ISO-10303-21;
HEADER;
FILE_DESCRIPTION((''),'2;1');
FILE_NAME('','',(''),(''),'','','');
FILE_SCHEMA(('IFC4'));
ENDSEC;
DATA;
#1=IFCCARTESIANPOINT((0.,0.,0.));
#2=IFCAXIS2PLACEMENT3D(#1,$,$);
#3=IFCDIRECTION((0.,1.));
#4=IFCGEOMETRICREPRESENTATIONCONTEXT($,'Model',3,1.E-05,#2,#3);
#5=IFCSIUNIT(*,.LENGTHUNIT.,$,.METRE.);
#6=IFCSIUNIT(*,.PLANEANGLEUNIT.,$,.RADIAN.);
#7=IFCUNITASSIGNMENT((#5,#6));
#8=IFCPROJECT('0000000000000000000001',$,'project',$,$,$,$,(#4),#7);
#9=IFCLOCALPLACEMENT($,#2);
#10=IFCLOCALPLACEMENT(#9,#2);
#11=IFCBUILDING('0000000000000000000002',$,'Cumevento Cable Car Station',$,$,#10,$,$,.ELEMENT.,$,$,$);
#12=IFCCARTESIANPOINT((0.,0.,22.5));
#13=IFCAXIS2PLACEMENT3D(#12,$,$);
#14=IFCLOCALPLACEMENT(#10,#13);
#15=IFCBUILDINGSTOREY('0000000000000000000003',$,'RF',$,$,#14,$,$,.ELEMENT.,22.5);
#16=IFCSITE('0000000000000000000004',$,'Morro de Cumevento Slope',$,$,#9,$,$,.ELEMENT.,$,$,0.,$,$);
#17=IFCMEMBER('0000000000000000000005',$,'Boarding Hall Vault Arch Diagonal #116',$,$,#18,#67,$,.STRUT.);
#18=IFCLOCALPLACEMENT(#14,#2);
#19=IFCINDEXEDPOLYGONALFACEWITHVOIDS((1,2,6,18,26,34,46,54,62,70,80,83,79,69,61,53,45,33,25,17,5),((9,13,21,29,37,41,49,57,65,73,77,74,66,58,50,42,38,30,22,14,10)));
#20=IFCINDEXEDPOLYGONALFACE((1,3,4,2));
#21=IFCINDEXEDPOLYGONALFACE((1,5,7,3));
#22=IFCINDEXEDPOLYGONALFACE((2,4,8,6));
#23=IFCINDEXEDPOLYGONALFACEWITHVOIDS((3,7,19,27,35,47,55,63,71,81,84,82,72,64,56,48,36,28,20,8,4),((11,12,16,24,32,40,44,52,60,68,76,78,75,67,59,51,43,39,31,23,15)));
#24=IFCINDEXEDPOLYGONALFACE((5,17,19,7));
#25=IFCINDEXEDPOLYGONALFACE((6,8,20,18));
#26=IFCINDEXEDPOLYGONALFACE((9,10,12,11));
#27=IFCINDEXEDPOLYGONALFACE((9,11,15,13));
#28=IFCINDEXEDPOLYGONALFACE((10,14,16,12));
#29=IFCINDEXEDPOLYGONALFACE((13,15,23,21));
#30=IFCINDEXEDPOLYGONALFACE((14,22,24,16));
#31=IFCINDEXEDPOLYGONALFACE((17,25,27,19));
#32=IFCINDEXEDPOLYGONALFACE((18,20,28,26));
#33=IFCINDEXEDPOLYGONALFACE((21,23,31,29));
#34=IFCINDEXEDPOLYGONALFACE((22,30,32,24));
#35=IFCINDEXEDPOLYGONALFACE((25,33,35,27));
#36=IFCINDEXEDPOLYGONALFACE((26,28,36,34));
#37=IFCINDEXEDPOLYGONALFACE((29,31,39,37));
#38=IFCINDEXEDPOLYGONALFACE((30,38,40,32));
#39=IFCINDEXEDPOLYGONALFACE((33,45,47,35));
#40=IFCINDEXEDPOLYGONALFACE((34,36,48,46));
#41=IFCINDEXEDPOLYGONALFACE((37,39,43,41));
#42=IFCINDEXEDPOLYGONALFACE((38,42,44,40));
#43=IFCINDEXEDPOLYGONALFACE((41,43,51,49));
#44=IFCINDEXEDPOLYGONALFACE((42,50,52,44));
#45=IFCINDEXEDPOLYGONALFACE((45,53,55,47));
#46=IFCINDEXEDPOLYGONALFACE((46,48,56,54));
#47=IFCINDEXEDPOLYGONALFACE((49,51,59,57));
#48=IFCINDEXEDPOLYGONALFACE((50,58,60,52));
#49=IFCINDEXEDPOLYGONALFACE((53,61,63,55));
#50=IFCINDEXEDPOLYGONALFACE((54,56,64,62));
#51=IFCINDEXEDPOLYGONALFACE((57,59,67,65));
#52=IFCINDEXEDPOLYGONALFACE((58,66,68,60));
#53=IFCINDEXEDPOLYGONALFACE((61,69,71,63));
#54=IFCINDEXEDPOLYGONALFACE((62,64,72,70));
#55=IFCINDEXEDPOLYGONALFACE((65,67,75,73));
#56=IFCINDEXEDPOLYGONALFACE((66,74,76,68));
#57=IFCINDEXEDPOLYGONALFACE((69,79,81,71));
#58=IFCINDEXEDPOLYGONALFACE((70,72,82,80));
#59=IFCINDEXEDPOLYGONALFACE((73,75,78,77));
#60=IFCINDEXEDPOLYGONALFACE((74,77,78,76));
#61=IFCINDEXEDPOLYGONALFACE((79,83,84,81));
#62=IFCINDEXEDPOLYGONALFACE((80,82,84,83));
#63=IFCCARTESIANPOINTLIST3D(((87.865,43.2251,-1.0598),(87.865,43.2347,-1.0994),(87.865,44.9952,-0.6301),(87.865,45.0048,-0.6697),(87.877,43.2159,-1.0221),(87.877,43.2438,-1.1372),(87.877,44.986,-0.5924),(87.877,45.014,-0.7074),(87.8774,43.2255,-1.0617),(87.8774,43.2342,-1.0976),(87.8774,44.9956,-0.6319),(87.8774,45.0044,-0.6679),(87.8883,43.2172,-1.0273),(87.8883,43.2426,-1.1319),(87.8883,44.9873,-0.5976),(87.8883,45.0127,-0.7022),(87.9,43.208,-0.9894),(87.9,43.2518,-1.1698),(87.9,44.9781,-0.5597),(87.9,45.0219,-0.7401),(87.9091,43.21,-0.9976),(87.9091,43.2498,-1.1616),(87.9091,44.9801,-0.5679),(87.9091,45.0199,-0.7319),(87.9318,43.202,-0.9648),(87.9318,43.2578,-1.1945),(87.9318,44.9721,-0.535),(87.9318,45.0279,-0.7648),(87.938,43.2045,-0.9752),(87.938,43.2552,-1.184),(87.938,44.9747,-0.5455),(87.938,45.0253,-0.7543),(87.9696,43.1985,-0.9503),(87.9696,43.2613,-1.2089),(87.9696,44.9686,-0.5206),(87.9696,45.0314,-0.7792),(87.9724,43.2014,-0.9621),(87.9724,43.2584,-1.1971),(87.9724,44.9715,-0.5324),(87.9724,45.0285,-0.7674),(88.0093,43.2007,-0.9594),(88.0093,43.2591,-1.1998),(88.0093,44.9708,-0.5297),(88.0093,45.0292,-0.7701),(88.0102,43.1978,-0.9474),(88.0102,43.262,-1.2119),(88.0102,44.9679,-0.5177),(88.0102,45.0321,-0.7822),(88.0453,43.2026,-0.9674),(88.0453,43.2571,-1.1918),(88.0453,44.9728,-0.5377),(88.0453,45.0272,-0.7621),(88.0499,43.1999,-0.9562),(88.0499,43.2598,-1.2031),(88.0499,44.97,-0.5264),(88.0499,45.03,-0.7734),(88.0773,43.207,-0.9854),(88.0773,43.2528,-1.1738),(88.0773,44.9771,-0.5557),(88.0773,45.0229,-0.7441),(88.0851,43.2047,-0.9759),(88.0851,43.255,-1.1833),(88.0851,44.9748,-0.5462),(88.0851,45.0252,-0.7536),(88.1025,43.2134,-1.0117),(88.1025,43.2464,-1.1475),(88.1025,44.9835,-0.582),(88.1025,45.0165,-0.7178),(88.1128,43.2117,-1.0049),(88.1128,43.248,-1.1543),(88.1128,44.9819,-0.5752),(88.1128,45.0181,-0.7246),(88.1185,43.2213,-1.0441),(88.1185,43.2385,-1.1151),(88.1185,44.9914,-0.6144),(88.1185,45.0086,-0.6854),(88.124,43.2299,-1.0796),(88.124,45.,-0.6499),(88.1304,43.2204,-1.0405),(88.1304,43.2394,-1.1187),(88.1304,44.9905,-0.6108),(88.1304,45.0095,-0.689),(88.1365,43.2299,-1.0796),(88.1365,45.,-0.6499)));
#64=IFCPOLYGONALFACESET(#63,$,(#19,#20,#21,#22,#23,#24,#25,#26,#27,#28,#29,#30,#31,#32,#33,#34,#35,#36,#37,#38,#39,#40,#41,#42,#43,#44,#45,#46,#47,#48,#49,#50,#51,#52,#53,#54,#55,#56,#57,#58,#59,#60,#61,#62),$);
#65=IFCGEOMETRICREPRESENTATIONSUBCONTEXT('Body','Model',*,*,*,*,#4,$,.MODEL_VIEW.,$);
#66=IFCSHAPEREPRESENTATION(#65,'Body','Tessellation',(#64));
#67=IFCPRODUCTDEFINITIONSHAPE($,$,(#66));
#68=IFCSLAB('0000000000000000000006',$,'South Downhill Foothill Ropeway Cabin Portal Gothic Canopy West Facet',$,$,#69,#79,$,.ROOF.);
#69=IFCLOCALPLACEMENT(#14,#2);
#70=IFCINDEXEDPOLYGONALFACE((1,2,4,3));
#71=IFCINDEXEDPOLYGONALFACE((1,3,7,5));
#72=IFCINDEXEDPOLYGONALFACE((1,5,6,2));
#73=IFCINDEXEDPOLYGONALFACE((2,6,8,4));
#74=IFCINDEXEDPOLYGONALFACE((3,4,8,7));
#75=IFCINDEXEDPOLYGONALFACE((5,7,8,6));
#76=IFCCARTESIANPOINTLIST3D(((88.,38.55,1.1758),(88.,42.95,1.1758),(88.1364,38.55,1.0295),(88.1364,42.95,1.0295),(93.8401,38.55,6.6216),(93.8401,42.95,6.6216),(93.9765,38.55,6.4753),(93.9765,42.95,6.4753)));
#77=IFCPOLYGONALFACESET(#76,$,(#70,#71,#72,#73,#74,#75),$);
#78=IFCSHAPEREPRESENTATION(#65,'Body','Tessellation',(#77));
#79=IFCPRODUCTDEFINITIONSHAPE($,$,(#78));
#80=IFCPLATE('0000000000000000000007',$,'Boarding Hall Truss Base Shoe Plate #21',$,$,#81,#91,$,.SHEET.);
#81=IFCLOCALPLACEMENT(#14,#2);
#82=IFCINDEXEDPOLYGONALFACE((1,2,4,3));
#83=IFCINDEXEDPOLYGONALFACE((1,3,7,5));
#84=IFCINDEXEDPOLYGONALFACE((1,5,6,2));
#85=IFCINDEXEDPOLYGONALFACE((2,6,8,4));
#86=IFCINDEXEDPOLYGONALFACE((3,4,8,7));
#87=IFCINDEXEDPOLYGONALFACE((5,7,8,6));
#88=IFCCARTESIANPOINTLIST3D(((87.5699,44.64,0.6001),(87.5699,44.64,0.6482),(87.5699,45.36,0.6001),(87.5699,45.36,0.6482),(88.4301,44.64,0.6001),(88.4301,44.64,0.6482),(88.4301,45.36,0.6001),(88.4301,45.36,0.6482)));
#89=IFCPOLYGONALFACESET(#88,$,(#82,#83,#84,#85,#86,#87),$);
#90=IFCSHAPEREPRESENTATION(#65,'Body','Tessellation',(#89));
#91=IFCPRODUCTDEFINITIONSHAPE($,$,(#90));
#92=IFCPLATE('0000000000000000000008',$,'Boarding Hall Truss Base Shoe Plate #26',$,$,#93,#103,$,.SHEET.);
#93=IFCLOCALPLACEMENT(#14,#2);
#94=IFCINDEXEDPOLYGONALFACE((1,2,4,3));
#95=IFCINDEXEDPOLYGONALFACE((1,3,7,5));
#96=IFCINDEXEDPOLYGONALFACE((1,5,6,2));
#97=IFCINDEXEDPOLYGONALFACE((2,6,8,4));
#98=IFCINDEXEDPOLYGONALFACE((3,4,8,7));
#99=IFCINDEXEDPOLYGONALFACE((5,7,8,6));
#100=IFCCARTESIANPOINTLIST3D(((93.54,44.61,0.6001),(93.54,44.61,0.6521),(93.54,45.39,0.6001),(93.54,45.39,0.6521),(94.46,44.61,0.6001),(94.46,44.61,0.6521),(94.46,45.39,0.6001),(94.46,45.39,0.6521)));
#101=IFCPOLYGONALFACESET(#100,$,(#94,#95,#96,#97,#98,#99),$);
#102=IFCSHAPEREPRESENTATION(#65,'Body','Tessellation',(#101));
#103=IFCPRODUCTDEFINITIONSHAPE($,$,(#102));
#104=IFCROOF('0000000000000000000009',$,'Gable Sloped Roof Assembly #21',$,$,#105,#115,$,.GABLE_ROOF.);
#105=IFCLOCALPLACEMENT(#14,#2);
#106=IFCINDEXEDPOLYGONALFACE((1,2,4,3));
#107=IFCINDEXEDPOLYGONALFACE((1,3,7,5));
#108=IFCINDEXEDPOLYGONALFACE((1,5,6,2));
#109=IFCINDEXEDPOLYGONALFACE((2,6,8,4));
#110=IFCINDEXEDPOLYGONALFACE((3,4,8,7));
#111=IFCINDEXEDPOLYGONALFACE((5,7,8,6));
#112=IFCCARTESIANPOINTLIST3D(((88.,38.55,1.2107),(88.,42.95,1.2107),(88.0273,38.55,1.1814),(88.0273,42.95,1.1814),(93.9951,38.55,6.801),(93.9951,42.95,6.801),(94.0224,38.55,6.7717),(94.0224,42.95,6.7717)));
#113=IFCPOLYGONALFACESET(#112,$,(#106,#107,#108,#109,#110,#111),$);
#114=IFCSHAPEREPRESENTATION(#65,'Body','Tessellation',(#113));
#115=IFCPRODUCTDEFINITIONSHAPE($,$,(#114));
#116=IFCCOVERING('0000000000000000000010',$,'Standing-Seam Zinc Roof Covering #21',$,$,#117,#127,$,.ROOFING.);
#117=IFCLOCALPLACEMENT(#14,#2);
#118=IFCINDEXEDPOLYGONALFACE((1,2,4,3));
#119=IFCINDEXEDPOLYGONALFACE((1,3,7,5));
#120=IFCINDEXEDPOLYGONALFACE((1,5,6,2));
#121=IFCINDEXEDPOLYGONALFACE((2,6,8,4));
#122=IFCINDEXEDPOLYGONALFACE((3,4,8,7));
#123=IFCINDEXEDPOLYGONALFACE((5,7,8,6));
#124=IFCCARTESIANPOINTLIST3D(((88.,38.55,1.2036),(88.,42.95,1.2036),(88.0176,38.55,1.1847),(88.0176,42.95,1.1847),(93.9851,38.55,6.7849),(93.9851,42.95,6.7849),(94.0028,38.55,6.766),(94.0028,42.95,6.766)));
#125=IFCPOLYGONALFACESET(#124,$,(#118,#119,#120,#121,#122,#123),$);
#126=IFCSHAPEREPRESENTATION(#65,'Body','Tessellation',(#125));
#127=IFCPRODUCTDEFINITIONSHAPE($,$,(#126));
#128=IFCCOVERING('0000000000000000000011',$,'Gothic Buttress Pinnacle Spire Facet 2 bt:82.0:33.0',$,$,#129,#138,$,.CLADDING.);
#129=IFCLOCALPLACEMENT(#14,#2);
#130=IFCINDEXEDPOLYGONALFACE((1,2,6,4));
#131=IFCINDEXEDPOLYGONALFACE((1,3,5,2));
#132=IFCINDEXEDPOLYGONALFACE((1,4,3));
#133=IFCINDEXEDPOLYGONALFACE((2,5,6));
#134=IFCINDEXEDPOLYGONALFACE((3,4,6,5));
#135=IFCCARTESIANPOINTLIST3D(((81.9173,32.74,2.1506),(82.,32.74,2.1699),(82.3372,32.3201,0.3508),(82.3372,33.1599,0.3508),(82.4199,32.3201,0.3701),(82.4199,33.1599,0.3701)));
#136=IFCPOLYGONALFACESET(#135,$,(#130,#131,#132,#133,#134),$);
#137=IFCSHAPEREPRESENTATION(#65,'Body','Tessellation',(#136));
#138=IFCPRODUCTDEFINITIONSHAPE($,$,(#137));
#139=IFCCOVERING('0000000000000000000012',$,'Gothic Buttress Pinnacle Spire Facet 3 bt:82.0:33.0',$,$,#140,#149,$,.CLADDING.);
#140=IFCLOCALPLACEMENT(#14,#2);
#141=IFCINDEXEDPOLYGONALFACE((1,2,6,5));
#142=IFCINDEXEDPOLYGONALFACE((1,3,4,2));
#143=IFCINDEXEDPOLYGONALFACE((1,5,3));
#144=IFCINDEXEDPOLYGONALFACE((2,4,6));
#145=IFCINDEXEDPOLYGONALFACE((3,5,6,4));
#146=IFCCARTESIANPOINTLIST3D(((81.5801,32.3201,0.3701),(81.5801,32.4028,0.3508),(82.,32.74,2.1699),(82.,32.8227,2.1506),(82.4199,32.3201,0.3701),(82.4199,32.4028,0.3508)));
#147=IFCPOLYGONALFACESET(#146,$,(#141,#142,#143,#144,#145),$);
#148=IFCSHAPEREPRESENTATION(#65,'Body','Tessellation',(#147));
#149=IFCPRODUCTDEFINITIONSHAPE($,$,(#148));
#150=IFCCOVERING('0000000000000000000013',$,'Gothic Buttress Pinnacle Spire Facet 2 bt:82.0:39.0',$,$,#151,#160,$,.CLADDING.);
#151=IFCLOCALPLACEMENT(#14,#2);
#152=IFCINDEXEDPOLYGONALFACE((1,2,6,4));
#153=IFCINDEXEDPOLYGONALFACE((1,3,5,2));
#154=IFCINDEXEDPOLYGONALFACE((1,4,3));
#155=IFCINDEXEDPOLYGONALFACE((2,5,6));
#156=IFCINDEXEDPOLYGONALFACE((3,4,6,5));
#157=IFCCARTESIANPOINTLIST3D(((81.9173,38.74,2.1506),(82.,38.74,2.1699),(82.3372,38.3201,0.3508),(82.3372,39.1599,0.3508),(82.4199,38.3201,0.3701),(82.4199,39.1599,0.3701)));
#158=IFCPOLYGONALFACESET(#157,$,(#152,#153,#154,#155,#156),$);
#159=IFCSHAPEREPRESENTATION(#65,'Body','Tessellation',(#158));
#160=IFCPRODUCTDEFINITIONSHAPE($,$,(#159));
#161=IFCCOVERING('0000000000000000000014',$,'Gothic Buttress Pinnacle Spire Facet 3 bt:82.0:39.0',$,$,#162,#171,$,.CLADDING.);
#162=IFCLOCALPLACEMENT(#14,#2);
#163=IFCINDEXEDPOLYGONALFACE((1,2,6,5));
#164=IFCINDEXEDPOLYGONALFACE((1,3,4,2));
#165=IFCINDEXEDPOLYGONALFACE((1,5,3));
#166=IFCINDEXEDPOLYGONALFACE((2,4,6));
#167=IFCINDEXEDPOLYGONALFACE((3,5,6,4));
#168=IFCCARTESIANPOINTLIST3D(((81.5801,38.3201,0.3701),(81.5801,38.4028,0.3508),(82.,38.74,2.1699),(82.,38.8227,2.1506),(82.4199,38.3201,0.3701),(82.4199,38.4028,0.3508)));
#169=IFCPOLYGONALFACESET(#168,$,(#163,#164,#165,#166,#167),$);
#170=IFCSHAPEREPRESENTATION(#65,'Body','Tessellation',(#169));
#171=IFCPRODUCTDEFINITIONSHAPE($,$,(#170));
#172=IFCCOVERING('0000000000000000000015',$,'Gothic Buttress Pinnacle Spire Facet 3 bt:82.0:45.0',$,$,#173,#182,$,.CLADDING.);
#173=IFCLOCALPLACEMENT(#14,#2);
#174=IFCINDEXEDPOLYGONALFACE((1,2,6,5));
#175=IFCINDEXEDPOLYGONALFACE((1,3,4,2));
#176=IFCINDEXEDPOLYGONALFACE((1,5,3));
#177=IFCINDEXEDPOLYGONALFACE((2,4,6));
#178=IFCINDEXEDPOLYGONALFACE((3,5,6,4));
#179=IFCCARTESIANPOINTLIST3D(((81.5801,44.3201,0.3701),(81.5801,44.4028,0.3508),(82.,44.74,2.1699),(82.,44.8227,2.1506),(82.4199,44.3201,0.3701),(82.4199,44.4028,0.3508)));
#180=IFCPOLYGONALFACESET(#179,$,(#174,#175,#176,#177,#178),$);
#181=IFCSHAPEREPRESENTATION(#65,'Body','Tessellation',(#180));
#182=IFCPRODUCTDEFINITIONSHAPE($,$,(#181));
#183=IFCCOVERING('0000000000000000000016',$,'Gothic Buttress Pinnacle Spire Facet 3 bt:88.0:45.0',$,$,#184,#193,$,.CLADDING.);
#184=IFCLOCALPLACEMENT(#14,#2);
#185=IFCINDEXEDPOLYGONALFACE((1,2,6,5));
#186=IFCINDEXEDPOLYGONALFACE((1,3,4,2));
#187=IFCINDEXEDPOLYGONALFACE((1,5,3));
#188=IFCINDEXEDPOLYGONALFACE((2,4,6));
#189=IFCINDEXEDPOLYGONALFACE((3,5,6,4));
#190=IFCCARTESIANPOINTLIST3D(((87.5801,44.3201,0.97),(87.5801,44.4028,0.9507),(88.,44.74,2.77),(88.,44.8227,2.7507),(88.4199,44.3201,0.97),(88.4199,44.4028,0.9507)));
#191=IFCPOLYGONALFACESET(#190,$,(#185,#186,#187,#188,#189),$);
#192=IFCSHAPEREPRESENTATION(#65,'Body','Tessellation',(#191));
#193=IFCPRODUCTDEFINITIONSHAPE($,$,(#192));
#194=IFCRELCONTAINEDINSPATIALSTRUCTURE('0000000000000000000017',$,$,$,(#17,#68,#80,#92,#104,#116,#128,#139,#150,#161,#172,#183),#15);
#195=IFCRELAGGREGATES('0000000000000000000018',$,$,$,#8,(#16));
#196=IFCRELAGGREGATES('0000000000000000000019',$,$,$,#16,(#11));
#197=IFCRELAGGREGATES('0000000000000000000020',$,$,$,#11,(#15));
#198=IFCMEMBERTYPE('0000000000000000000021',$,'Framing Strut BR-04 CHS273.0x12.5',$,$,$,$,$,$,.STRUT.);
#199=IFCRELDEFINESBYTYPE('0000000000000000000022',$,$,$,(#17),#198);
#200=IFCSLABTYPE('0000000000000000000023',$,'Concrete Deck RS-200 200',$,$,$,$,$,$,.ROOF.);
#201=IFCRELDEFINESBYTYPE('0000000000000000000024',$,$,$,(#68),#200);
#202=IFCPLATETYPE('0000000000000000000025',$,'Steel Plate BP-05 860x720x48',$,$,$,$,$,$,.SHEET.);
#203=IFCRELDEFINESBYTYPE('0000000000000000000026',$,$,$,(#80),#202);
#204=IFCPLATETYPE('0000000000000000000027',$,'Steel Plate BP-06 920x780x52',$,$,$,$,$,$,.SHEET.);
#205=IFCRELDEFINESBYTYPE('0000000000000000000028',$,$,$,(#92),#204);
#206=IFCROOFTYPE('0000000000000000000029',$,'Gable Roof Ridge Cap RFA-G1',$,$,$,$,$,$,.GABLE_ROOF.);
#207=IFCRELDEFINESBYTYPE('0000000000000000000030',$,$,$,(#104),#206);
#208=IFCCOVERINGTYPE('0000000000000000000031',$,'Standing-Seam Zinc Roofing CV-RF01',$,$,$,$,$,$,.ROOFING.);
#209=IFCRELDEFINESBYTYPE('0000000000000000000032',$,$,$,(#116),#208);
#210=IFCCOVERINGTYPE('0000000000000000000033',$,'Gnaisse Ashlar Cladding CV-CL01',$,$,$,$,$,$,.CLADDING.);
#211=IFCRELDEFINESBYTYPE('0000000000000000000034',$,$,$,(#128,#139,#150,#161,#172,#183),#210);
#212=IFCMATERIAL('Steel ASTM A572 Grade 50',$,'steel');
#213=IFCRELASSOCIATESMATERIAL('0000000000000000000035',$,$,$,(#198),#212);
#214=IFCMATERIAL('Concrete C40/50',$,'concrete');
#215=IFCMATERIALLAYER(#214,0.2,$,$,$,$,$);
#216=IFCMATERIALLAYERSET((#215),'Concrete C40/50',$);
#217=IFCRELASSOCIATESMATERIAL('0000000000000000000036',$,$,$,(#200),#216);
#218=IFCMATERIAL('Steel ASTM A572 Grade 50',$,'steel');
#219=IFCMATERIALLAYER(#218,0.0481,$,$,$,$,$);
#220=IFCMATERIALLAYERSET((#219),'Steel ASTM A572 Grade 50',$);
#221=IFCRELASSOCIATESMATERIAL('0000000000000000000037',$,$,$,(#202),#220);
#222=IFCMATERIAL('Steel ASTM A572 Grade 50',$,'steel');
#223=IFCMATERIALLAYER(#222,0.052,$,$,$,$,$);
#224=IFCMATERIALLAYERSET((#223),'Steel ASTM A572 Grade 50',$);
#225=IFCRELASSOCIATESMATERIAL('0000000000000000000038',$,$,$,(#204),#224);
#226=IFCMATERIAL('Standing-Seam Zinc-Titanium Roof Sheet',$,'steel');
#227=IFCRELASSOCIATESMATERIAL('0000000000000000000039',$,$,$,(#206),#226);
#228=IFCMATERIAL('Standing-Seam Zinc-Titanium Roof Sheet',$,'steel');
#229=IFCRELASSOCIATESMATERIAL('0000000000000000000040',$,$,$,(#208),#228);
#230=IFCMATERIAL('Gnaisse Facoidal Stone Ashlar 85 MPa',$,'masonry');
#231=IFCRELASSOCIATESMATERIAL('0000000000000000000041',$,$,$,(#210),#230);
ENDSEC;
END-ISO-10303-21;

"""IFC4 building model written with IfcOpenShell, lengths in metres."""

from ifc_helpers import new_model, si_unit, direction, frame, origin, origin_2d, place, context, subcontext, project, spatial, polyline, rectangle, hollow_circle, outline, extrude, material, layer, layer_set, material_profile, profile_set, type_object, element, save


model = new_model("IFC4")

# Units and contexts
model_context = context("Model", 3, precision=1e-05, world=origin(), true_north=direction((0.0, 1.0)))
body_context = subcontext(model_context, "Body", "Model", "MODEL_VIEW")
ifc_project = project(units=[si_unit("LENGTHUNIT", "METRE"), si_unit("PLANEANGLEUNIT", "RADIAN")], contexts=[model_context])

# Site, building, storey
site_placement = place(None, origin())
site = spatial("IfcSite", under=ifc_project, at=site_placement, Name="Morro de Cumevento Slope", CompositionType="ELEMENT", RefElevation=0.0)
building_placement = place(site_placement, origin())
building = spatial("IfcBuilding", under=site, at=building_placement, Name="Cumevento Cable Car Station", CompositionType="ELEMENT")
storey_placement = place(building_placement, frame((0.0, 0.0, 22.5)))
storey = spatial("IfcBuildingStorey", under=building, at=storey_placement, Name="RF", CompositionType="ELEMENT", Elevation=22.5)

# Member
ifc_material_1 = material(Name="Steel ASTM A572 Grade 50", Category="steel")
ifc_material_profile_1 = material_profile(ifc_material_1, hollow_circle(Radius=0.1365, WallThickness=0.0125, at=origin_2d()), Name="CHS273.0x12.5")
ifc_profile_set_1 = profile_set([ifc_material_profile_1], Name="Steel ASTM A572 Grade 50")
member_type_1 = type_object("IfcMemberType", Name="Framing Strut BR-04 CHS273.0x12.5", PredefinedType="STRUT", material=ifc_profile_set_1)
member_1_placement = place(storey_placement, frame((88.0, 45.0, -0.6499), z_axis=(0.0, -0.971776, -0.235907), x_axis=(1.0, 0.0, 0.0)))
element("IfcMember", 1, at=member_1_placement, inside=storey, type_object=member_type_1, Name="Boarding Hall Vault Arch Diagonal #116", PredefinedType="STRUT", context=body_context, shape_type="SweptSolid", body=[
    extrude(hollow_circle(Radius=0.1365, WallThickness=0.0125, at=origin_2d()), origin(), (0.0, 0.0, 1.0), 1.8215),
])

# Slab
ifc_material_2 = material(Name="Concrete C40/50", Category="concrete")
ifc_layer_1 = layer(ifc_material_2, 0.2)
ifc_layer_set_1 = layer_set([ifc_layer_1], Name="Concrete C40/50")
slab_type = type_object("IfcSlabType", Name="Concrete Deck RS-200 200", PredefinedType="ROOF", material=ifc_layer_set_1)
slab_placement = place(storey_placement, frame((88.0, 42.95, 1.1758), z_axis=(-0.681987, 0.0, 0.731364), x_axis=(0.0, -1.0, 0.0)))
element("IfcSlab", 2, at=slab_placement, inside=storey, type_object=slab_type, Name="South Downhill Foothill Ropeway Cabin Portal Gothic Canopy West Facet", PredefinedType="ROOF", context=body_context, shape_type="SweptSolid", body=[
    extrude(outline(polyline([(0.0, 0.0), (4.3999, 0.0), (4.3999, 7.9852), (0.0, 7.9852), (0.0, 0.0)])), origin(), (0.0, 0.0, -1.0), 0.2),
])

# Plates
ifc_material_3 = material(Name="Steel ASTM A572 Grade 50", Category="steel")
ifc_layer_2 = layer(ifc_material_3, 0.0481)
ifc_layer_set_2 = layer_set([ifc_layer_2], Name="Steel ASTM A572 Grade 50")
plate_type_1 = type_object("IfcPlateType", Name="Steel Plate BP-05 860x720x48", PredefinedType="SHEET", material=ifc_layer_set_2)
plate_1_placement = place(storey_placement, frame((88.0, 45.0, 0.6001), z_axis=(0.0, 0.0, 1.0), x_axis=(1.0, 0.0, 0.0)))
element("IfcPlate", 3, at=plate_1_placement, inside=storey, type_object=plate_type_1, Name="Boarding Hall Truss Base Shoe Plate #21", PredefinedType="SHEET", context=body_context, shape_type="SweptSolid", body=[
    extrude(rectangle(XDim=0.8601, YDim=0.72, at=origin_2d()), origin(), (0.0, 0.0, 1.0), 0.0481),
])
ifc_material_4 = material(Name="Steel ASTM A572 Grade 50", Category="steel")
ifc_layer_3 = layer(ifc_material_4, 0.052)
ifc_layer_set_3 = layer_set([ifc_layer_3], Name="Steel ASTM A572 Grade 50")
plate_type_2 = type_object("IfcPlateType", Name="Steel Plate BP-06 920x780x52", PredefinedType="SHEET", material=ifc_layer_set_3)
plate_2_placement = place(storey_placement, frame((94.0, 45.0, 0.6001), z_axis=(0.0, 0.0, 1.0), x_axis=(1.0, 0.0, 0.0)))
element("IfcPlate", 4, at=plate_2_placement, inside=storey, type_object=plate_type_2, Name="Boarding Hall Truss Base Shoe Plate #26", PredefinedType="SHEET", context=body_context, shape_type="SweptSolid", body=[
    extrude(rectangle(XDim=0.9199, YDim=0.78, at=origin_2d()), origin(), (0.0, 0.0, 1.0), 0.052),
])

# Roof
ifc_material_5 = material(Name="Standing-Seam Zinc-Titanium Roof Sheet", Category="steel")
roof_type = type_object("IfcRoofType", Name="Gable Roof Ridge Cap RFA-G1", PredefinedType="GABLE_ROOF", material=ifc_material_5)
roof_placement = place(storey_placement, frame((88.0, 42.95, 1.2107), z_axis=(-0.681985, 0.0, 0.731366), x_axis=(0.0, -1.0, 0.0)))
element("IfcRoof", 5, at=roof_placement, inside=storey, type_object=roof_type, Name="Gable Sloped Roof Assembly #21", PredefinedType="GABLE_ROOF", context=body_context, shape_type="SweptSolid", body=[
    extrude(outline(polyline([(0.0, 0.0), (4.3999, 0.0), (4.3999, 8.1971), (0.0, 8.1971), (0.0, 0.0)])), origin(), (0.0, 0.0, -1.0), 0.04),
])

# Coverings
ifc_material_6 = material(Name="Standing-Seam Zinc-Titanium Roof Sheet", Category="steel")
covering_type_1 = type_object("IfcCoveringType", Name="Standing-Seam Zinc Roofing CV-RF01", PredefinedType="ROOFING", material=ifc_material_6)
covering_1_placement = place(storey_placement, frame((88.0, 42.95, 1.2036), z_axis=(-0.682005, 0.0, 0.731348), x_axis=(0.0, -1.0, 0.0)))
element("IfcCovering", 6, at=covering_1_placement, inside=storey, type_object=covering_type_1, Name="Standing-Seam Zinc Roof Covering #21", PredefinedType="ROOFING", context=body_context, shape_type="SweptSolid", body=[
    extrude(outline(polyline([(0.0, 0.0), (4.3999, 0.0), (4.3999, 8.1837), (0.0, 8.1837), (0.0, 0.0)])), origin(), (0.0, 0.0, -1.0), 0.0259),
])
ifc_material_7 = material(Name="Gnaisse Facoidal Stone Ashlar 85 MPa", Category="masonry")
covering_type_2 = type_object("IfcCoveringType", Name="Gnaisse Ashlar Cladding CV-CL01", PredefinedType="CLADDING", material=ifc_material_7)
for number, where, z_axis, x_axis, name in (
    (7, (82.4199, 33.1599, 0.3701), (0.973845, 0.0, 0.227213), (0.0, -1.0, 0.0), "Gothic Buttress Pinnacle Spire Facet 2 bt:82.0:33.0"),
    (8, (82.4199, 32.3201, 0.3701), (0.0, -0.973845, 0.227213), (-1.0, 0.0, 0.0), "Gothic Buttress Pinnacle Spire Facet 3 bt:82.0:33.0"),
    (9, (82.4199, 39.1599, 0.3701), (0.973845, 0.0, 0.227213), (0.0, -1.0, 0.0), "Gothic Buttress Pinnacle Spire Facet 2 bt:82.0:39.0"),
    (10, (82.4199, 38.3201, 0.3701), (0.0, -0.973845, 0.227213), (-1.0, 0.0, 0.0), "Gothic Buttress Pinnacle Spire Facet 3 bt:82.0:39.0"),
    (11, (82.4199, 44.3201, 0.3701), (0.0, -0.973845, 0.227213), (-1.0, 0.0, 0.0), "Gothic Buttress Pinnacle Spire Facet 3 bt:82.0:45.0"),
):
    element("IfcCovering", number, at=place(storey_placement, frame(where, z_axis=z_axis, x_axis=x_axis)), inside=storey, type_object=covering_type_2, Name=name, PredefinedType="CLADDING", context=body_context, shape_type="SweptSolid", body=[
        extrude(outline(polyline([(0.0, 0.0), (0.8398, 0.0), (0.4199, -1.8481), (0.0, 0.0)])), origin(), (0.0, 0.0, -1.0), 0.085),
    ])
for number, where, z_axis, x_axis, name in (
    (12, (88.4199, 44.3201, 0.97), (0.0, -0.973852, 0.227184), (-1.0, 0.0, 0.0), "Gothic Buttress Pinnacle Spire Facet 3 bt:88.0:45.0"),
):
    element("IfcCovering", number, at=place(storey_placement, frame(where, z_axis=z_axis, x_axis=x_axis)), inside=storey, type_object=covering_type_2, Name=name, PredefinedType="CLADDING", context=body_context, shape_type="SweptSolid", body=[
        extrude(outline(polyline([(0.0, 0.0), (0.8398, 0.0), (0.4199, -1.8484), (0.0, 0.0)])), origin(), (0.0, 0.0, -1.0), 0.085),
    ])

save(model, "model.ifc")
